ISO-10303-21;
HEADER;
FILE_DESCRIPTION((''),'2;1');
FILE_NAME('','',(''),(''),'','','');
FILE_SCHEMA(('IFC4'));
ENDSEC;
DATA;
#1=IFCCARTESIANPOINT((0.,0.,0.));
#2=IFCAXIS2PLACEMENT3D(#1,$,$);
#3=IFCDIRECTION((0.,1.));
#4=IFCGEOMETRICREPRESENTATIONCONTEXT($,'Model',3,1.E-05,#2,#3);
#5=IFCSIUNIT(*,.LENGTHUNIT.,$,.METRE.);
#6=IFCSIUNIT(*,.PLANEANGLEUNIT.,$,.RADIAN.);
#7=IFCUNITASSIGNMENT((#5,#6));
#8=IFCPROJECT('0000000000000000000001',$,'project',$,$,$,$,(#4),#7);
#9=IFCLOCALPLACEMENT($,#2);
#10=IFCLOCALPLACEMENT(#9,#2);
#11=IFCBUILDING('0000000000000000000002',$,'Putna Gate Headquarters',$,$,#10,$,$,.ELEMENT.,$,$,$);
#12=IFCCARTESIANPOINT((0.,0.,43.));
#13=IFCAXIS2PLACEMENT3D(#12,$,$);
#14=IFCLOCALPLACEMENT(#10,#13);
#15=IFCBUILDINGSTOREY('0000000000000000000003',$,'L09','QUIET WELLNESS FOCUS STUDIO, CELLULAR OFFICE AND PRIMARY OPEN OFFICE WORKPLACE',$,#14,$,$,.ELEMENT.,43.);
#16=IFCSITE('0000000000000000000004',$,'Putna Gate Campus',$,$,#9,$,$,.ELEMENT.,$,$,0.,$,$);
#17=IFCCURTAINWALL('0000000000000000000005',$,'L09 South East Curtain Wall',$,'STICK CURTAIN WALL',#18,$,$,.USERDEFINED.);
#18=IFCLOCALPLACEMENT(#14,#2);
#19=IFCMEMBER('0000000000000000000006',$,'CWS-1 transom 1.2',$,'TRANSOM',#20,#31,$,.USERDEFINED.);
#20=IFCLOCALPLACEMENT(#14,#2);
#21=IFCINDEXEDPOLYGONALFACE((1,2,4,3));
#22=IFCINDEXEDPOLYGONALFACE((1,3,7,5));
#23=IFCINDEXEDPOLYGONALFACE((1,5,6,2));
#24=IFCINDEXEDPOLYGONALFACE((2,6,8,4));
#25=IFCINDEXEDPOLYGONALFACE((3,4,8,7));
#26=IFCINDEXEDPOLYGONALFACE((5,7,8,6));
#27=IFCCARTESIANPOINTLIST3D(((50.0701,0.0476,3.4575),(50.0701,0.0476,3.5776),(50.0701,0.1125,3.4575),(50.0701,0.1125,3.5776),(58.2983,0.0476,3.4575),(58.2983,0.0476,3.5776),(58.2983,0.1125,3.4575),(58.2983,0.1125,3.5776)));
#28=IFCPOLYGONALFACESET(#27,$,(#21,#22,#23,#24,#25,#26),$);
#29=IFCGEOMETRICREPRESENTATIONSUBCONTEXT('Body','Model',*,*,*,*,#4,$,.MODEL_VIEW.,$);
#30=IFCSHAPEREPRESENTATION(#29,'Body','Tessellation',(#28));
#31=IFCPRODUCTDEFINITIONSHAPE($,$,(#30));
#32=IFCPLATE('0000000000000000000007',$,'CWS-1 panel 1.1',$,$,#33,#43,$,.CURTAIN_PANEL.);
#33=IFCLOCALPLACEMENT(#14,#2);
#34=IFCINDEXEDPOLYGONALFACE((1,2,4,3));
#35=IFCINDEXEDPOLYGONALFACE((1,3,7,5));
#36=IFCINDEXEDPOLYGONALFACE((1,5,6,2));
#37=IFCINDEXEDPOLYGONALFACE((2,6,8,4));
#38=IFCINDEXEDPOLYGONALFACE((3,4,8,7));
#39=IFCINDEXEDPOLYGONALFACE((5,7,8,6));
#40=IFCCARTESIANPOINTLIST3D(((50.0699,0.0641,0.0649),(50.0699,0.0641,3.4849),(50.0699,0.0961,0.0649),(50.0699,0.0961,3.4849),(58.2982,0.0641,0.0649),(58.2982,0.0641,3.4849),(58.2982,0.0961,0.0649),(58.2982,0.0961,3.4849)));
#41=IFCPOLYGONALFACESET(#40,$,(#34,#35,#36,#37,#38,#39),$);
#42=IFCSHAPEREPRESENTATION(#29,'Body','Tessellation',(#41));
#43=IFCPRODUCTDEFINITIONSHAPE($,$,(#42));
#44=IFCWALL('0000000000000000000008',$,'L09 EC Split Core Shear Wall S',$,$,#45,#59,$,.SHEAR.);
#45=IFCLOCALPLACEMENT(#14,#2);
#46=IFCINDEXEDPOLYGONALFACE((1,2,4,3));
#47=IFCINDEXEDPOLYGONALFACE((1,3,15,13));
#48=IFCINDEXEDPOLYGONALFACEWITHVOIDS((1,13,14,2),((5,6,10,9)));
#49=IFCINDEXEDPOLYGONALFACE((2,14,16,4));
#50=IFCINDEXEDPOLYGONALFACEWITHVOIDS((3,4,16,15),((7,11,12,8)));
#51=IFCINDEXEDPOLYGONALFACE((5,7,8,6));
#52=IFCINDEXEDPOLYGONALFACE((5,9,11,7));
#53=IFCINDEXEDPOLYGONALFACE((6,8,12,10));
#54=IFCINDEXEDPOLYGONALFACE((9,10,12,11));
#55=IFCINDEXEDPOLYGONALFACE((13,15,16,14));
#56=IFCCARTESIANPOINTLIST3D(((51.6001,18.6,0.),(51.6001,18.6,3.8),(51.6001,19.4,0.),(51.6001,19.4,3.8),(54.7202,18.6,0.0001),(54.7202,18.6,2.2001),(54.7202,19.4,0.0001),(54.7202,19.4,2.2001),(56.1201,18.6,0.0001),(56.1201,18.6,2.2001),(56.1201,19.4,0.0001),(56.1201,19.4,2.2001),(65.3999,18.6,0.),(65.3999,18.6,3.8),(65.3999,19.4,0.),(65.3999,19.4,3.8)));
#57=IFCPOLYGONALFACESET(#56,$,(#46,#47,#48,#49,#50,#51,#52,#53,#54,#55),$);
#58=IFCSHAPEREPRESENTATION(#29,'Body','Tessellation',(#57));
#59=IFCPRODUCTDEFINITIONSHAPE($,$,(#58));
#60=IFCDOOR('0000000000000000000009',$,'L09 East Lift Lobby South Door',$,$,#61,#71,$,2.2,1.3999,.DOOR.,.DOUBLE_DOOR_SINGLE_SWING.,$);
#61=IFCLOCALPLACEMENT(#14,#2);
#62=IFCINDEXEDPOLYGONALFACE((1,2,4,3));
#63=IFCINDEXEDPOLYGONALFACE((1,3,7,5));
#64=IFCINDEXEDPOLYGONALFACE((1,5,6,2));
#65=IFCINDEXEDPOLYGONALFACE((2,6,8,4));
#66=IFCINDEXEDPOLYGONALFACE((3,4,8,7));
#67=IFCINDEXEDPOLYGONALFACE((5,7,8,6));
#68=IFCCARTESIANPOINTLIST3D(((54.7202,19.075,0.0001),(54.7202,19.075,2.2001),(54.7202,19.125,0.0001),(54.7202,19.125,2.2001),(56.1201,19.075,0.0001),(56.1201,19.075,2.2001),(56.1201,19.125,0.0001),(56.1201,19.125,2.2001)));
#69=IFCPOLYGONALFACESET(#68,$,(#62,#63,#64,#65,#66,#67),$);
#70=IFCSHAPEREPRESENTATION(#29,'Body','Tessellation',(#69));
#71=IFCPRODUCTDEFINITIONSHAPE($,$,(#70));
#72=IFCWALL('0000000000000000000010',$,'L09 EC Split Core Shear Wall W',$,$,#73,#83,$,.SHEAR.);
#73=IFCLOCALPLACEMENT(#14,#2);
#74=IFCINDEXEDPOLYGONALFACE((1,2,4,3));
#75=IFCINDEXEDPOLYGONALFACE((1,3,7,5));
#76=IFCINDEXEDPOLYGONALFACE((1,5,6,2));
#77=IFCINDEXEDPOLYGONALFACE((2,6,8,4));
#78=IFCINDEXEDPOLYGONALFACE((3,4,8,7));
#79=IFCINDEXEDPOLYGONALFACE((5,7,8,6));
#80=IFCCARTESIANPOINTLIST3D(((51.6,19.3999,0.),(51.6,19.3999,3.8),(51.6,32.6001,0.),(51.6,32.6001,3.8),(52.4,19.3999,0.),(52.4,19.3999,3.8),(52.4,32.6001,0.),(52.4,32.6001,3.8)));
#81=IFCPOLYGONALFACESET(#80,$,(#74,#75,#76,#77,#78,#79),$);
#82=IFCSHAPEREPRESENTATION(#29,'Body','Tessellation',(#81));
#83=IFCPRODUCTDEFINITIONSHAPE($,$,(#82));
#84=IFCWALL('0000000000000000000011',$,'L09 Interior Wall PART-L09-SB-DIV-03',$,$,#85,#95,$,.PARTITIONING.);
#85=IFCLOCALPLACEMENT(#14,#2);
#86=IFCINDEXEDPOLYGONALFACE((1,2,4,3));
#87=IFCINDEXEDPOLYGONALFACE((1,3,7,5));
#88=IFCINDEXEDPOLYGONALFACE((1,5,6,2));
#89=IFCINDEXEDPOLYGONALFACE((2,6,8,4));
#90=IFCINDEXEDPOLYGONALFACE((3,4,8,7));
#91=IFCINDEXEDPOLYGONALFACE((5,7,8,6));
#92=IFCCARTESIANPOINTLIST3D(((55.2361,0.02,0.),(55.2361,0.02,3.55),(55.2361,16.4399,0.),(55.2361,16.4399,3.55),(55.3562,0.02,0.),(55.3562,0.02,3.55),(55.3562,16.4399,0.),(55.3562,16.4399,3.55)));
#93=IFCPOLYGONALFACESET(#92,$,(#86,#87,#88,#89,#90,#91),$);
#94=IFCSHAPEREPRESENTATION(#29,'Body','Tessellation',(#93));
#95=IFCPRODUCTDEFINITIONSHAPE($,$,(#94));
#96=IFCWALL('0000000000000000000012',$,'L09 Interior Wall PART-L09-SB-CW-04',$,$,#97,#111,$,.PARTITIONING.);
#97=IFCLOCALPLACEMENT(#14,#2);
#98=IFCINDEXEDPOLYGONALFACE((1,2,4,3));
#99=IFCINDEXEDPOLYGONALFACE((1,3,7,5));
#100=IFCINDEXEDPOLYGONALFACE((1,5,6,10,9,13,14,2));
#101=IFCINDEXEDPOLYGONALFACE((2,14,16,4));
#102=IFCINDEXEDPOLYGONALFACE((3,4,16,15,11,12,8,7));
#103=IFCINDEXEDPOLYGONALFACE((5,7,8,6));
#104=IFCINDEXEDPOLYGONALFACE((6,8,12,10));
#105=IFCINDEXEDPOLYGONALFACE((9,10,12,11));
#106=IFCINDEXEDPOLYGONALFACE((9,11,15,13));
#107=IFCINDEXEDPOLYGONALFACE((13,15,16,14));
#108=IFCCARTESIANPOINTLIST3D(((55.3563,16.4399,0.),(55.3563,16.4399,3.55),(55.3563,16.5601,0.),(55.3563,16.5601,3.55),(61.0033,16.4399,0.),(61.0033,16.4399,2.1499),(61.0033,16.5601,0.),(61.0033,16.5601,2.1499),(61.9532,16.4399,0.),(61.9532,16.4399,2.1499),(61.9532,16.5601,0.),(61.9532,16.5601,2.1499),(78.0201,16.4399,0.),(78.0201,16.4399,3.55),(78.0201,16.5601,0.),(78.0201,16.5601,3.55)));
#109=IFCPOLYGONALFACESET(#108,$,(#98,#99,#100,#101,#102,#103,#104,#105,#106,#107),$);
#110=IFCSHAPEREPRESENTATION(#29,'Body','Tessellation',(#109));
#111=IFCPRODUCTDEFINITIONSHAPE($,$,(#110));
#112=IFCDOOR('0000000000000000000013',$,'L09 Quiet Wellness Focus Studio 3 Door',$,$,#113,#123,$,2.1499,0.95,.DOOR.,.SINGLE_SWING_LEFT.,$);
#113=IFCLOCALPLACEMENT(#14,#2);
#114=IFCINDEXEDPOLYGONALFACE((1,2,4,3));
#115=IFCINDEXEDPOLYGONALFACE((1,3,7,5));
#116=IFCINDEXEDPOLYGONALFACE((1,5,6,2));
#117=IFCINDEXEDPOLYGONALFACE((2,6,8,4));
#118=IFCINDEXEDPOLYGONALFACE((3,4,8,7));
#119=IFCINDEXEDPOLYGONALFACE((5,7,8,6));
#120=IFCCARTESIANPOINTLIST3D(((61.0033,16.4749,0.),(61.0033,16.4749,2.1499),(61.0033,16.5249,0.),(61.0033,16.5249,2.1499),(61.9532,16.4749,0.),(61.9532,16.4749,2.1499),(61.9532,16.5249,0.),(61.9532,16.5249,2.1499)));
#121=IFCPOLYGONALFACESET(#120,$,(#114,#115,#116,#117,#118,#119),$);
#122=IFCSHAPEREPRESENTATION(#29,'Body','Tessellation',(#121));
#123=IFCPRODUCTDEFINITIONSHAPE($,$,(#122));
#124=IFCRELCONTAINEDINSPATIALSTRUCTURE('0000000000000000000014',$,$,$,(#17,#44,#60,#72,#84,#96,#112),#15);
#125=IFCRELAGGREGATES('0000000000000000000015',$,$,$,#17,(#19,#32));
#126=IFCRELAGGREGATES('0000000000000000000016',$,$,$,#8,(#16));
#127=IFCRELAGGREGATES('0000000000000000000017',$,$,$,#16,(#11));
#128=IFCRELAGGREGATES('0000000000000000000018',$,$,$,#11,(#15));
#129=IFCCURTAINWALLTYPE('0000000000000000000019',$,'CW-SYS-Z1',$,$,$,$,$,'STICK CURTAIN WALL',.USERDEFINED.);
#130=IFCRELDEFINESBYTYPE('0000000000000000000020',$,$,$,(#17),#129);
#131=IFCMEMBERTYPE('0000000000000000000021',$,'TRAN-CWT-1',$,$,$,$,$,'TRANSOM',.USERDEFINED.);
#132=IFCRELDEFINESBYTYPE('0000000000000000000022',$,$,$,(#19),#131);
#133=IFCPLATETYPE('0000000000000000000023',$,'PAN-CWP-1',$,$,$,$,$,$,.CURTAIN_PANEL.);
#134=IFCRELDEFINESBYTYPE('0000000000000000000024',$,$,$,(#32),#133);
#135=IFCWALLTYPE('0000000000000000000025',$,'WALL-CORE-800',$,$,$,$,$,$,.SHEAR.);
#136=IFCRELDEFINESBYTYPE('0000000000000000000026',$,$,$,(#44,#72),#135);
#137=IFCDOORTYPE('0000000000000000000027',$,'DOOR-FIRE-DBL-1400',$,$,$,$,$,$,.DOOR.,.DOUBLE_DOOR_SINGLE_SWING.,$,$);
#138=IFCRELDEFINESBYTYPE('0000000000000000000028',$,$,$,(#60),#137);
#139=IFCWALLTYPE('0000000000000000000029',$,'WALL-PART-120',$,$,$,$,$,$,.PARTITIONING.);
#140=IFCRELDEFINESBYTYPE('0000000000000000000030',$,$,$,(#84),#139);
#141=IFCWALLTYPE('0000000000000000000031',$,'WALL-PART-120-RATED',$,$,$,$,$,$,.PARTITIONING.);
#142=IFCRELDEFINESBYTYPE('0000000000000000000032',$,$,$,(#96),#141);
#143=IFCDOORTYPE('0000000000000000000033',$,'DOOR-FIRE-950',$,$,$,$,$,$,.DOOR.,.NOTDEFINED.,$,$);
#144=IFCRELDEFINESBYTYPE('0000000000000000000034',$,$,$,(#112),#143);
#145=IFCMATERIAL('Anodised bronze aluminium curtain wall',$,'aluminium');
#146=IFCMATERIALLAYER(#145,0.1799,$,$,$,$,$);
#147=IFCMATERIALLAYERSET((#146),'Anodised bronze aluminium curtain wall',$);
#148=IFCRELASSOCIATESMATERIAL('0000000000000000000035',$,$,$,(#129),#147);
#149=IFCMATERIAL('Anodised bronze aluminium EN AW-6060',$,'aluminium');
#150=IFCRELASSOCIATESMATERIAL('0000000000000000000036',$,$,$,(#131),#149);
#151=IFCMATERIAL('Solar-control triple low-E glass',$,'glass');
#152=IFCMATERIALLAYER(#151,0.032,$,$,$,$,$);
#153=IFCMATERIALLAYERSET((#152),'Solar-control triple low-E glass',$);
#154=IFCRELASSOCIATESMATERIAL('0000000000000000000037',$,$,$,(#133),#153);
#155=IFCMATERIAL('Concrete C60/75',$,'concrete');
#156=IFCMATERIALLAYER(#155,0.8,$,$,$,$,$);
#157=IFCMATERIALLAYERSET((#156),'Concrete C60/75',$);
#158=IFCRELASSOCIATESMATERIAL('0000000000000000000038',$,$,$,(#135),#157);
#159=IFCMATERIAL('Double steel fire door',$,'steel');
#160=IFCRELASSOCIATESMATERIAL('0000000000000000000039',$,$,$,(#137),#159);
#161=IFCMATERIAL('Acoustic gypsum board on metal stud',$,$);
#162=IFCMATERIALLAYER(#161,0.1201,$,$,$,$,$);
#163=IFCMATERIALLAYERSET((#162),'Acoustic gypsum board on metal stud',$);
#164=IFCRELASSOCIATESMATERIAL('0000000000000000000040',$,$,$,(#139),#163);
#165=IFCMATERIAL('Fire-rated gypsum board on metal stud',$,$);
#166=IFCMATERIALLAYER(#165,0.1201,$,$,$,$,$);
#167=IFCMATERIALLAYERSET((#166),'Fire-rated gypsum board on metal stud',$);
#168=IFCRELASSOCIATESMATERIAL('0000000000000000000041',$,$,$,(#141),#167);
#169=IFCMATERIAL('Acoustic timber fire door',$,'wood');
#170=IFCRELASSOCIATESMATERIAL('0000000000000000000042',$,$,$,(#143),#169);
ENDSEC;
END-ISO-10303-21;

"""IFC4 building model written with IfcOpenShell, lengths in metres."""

from ifc_helpers import new_model, si_unit, direction, frame, frame_2d, origin, origin_2d, place, context, subcontext, project, spatial, rectangle, extrude, material, layer, layer_set, material_profile, profile_set, type_object, element, fill, aggregate, save


model = new_model("IFC4")

# Units and contexts
model_context = context("Model", 3, precision=1e-05, world=origin(), true_north=direction((0.0, 1.0)))
body_context = subcontext(model_context, "Body", "Model", "MODEL_VIEW")
ifc_project = project(units=[si_unit("LENGTHUNIT", "METRE"), si_unit("PLANEANGLEUNIT", "RADIAN")], contexts=[model_context])

# Site, building, storey
site_placement = place(None, origin())
site = spatial("IfcSite", under=ifc_project, at=site_placement, Name="Putna Gate Campus", CompositionType="ELEMENT", RefElevation=0.0)
building_placement = place(site_placement, origin())
building = spatial("IfcBuilding", under=site, at=building_placement, Name="Putna Gate Headquarters", CompositionType="ELEMENT")
storey_placement = place(building_placement, frame((0.0, 0.0, 43.0)))
storey = spatial("IfcBuildingStorey", under=building, at=storey_placement, Name="L09", Description="QUIET WELLNESS FOCUS STUDIO, CELLULAR OFFICE AND PRIMARY OPEN OFFICE WORKPLACE", CompositionType="ELEMENT", Elevation=43.0)

# Shared definitions
ifc_material_1 = material(Name="Concrete C60/75", Category="concrete")

# Curtain wall
ifc_material_2 = material(Name="Anodised bronze aluminium curtain wall", Category="aluminium")
ifc_layer_1 = layer(ifc_material_2, 0.1799)
ifc_layer_set_1 = layer_set([ifc_layer_1], Name="Anodised bronze aluminium curtain wall")
curtain_wall_type_1 = type_object("IfcCurtainWallType", Name="CW-SYS-Z1", ElementType="STICK CURTAIN WALL", PredefinedType="USERDEFINED", material=ifc_layer_set_1)
curtain_wall_1_placement = place(storey_placement, origin())
curtain_wall_1 = element("IfcCurtainWall", 1, at=curtain_wall_1_placement, inside=storey, type_object=curtain_wall_type_1, Name="L09 South East Curtain Wall", ObjectType="STICK CURTAIN WALL", PredefinedType="USERDEFINED")
ifc_material_3 = material(Name="Anodised bronze aluminium EN AW-6060", Category="aluminium")

# Member
ifc_material_profile_1 = material_profile(ifc_material_3, rectangle(XDim=0.0649, YDim=0.1201, at=origin_2d()), Name="Anodised bronze aluminium EN AW-6060")
ifc_profile_set_1 = profile_set([ifc_material_profile_1], Name="Anodised bronze aluminium EN AW-6060")
member_type_1 = type_object("IfcMemberType", Name="TRAN-CWT-1", ElementType="TRANSOM", PredefinedType="USERDEFINED", material=ifc_profile_set_1)
member_1_placement = place(storey_placement, frame((50.0701, 0.0801, 3.5176), z_axis=(1.0, 0.0, 0.0), x_axis=(0.0, 1.0, 0.0)))
member_1 = element("IfcMember", 2, at=member_1_placement, type_object=member_type_1, Name="CWS-1 transom 1.2", ObjectType="TRANSOM", PredefinedType="USERDEFINED", context=body_context, shape_type="SweptSolid", body=[
    extrude(rectangle(XDim=0.0649, YDim=0.1201, at=origin_2d()), origin(), (0.0, 0.0, 1.0), 8.2283),
])

# Plate
ifc_material_4 = material(Name="Solar-control triple low-E glass", Category="glass")
ifc_layer_2 = layer(ifc_material_4, 0.032)
ifc_layer_set_2 = layer_set([ifc_layer_2], Name="Solar-control triple low-E glass")
plate_type = type_object("IfcPlateType", Name="PAN-CWP-1", PredefinedType="CURTAIN_PANEL", material=ifc_layer_set_2)
plate_placement = place(storey_placement, frame((54.1841, 0.0801, 0.0649), z_axis=(0.0, 0.0, 1.0), x_axis=(1.0, 0.0, 0.0)))
plate = element("IfcPlate", 3, at=plate_placement, type_object=plate_type, Name="CWS-1 panel 1.1", PredefinedType="CURTAIN_PANEL", context=body_context, shape_type="SweptSolid", body=[
    extrude(rectangle(XDim=8.2283, YDim=0.032, at=origin_2d()), origin(), (0.0, 0.0, 1.0), 3.4199),
])
aggregate(curtain_wall_1, [member_1, plate])

# Wall, opening, door
ifc_layer_3 = layer(ifc_material_1, 0.8)
ifc_layer_set_3 = layer_set([ifc_layer_3], Name="Concrete C60/75")
wall_type_1 = type_object("IfcWallType", Name="WALL-CORE-800", PredefinedType="SHEAR", material=ifc_layer_set_3)
wall_1_placement = place(storey_placement, frame((51.6001, 19.0, 0.0), z_axis=(0.0, 0.0, 1.0), x_axis=(1.0, 0.0, 0.0)))
wall_1 = element("IfcWall", 4, at=wall_1_placement, inside=storey, type_object=wall_type_1, Name="L09 EC Split Core Shear Wall S", PredefinedType="SHEAR", context=body_context, shape_type="SweptSolid", body=[
    extrude(rectangle(XDim=13.7998, YDim=0.8, at=frame_2d((6.8999, 0.0))), origin(), (0.0, 0.0, 1.0), 3.8),
])
opening_1_placement = place(wall_1_placement, frame((3.1201, 0.0, 0.0)))
opening_1 = element("IfcOpeningElement", 5, at=opening_1_placement, cuts=wall_1, PredefinedType="OPENING", context=body_context, shape_type="SweptSolid", body=[
    extrude(rectangle(XDim=1.3999, YDim=2.2, at=frame_2d((0.7, 1.1001))), frame((0.0, 0.4099, 0.0), z_axis=(0.0, -1.0, 0.0), x_axis=(1.0, 0.0, 0.0)), (0.0, 0.0, 1.0), 0.8201),
])
ifc_material_5 = material(Name="Double steel fire door", Category="steel")
door_type_1 = type_object("IfcDoorType", Name="DOOR-FIRE-DBL-1400", OperationType="DOUBLE_DOOR_SINGLE_SWING", PredefinedType="DOOR", material=ifc_material_5)
door_1_placement = place(opening_1_placement, origin())
door_1 = element("IfcDoor", 6, at=door_1_placement, inside=storey, type_object=door_type_1, Name="L09 East Lift Lobby South Door", OperationType="DOUBLE_DOOR_SINGLE_SWING", OverallHeight=2.2, OverallWidth=1.3999, PredefinedType="DOOR", context=body_context, shape_type="SweptSolid", body=[
    extrude(rectangle(XDim=1.3999, YDim=2.2, at=frame_2d((0.7, 1.1001))), frame((0.0, 0.125, 0.0), z_axis=(0.0, -1.0, 0.0), x_axis=(1.0, 0.0, 0.0)), (0.0, 0.0, 1.0), 0.05),
])
fill(opening_1, door_1)

# Walls
wall_2_placement = place(storey_placement, frame((52.0, 19.3999, 0.0), z_axis=(0.0, 0.0, 1.0), x_axis=(0.0, 1.0, 0.0)))
element("IfcWall", 7, at=wall_2_placement, inside=storey, type_object=wall_type_1, Name="L09 EC Split Core Shear Wall W", PredefinedType="SHEAR", context=body_context, shape_type="SweptSolid", body=[
    extrude(rectangle(XDim=13.2002, YDim=0.8, at=frame_2d((6.6001, 0.0))), origin(), (0.0, 0.0, 1.0), 3.8),
])
ifc_material_6 = material(Name="Acoustic gypsum board on metal stud")
ifc_layer_4 = layer(ifc_material_6, 0.1201)
ifc_layer_set_4 = layer_set([ifc_layer_4], Name="Acoustic gypsum board on metal stud")
wall_type_2 = type_object("IfcWallType", Name="WALL-PART-120", PredefinedType="PARTITIONING", material=ifc_layer_set_4)
wall_3_placement = place(storey_placement, frame((55.2961, 0.02, 0.0), z_axis=(0.0, 0.0, 1.0), x_axis=(0.0, 1.0, 0.0)))
element("IfcWall", 8, at=wall_3_placement, inside=storey, type_object=wall_type_2, Name="L09 Interior Wall PART-L09-SB-DIV-03", PredefinedType="PARTITIONING", context=body_context, shape_type="SweptSolid", body=[
    extrude(rectangle(XDim=16.4199, YDim=0.1201, at=frame_2d((8.21, 0.0))), origin(), (0.0, 0.0, 1.0), 3.55),
])

# Wall, opening, door
ifc_material_7 = material(Name="Fire-rated gypsum board on metal stud")
ifc_layer_5 = layer(ifc_material_7, 0.1201)
ifc_layer_set_5 = layer_set([ifc_layer_5], Name="Fire-rated gypsum board on metal stud")
wall_type_3 = type_object("IfcWallType", Name="WALL-PART-120-RATED", PredefinedType="PARTITIONING", material=ifc_layer_set_5)
wall_4_placement = place(storey_placement, frame((55.3562, 16.5, 0.0), z_axis=(0.0, 0.0, 1.0), x_axis=(1.0, 0.0, 0.0)))
wall_4 = element("IfcWall", 9, at=wall_4_placement, inside=storey, type_object=wall_type_3, Name="L09 Interior Wall PART-L09-SB-CW-04", PredefinedType="PARTITIONING", context=body_context, shape_type="SweptSolid", body=[
    extrude(rectangle(XDim=22.6638, YDim=0.1201, at=frame_2d((11.332, 0.0))), origin(), (0.0, 0.0, 1.0), 3.55),
])
opening_2_placement = place(wall_4_placement, frame((5.647, 0.0, 0.0)))
opening_2 = element("IfcOpeningElement", 10, at=opening_2_placement, cuts=wall_4, PredefinedType="OPENING", context=body_context, shape_type="SweptSolid", body=[
    extrude(rectangle(XDim=0.95, YDim=2.1499, at=frame_2d((0.4751, 1.075))), frame((0.0, 0.0701, 0.0), z_axis=(0.0, -1.0, 0.0), x_axis=(1.0, 0.0, 0.0)), (0.0, 0.0, 1.0), 0.1401),
])
ifc_material_8 = material(Name="Acoustic timber fire door", Category="wood")
door_type_2 = type_object("IfcDoorType", Name="DOOR-FIRE-950", OperationType="NOTDEFINED", PredefinedType="DOOR", material=ifc_material_8)
door_2_placement = place(opening_2_placement, origin())
door_2 = element("IfcDoor", 11, at=door_2_placement, inside=storey, type_object=door_type_2, Name="L09 Quiet Wellness Focus Studio 3 Door", OperationType="SINGLE_SWING_LEFT", OverallHeight=2.1499, OverallWidth=0.95, PredefinedType="DOOR", context=body_context, shape_type="SweptSolid", body=[
    extrude(rectangle(XDim=0.95, YDim=2.1499, at=frame_2d((0.4751, 1.075))), frame((0.0, 0.0249, 0.0), z_axis=(0.0, -1.0, 0.0), x_axis=(1.0, 0.0, 0.0)), (0.0, 0.0, 1.0), 0.05),
])
fill(opening_2, door_2)

save(model, "model.ifc")
